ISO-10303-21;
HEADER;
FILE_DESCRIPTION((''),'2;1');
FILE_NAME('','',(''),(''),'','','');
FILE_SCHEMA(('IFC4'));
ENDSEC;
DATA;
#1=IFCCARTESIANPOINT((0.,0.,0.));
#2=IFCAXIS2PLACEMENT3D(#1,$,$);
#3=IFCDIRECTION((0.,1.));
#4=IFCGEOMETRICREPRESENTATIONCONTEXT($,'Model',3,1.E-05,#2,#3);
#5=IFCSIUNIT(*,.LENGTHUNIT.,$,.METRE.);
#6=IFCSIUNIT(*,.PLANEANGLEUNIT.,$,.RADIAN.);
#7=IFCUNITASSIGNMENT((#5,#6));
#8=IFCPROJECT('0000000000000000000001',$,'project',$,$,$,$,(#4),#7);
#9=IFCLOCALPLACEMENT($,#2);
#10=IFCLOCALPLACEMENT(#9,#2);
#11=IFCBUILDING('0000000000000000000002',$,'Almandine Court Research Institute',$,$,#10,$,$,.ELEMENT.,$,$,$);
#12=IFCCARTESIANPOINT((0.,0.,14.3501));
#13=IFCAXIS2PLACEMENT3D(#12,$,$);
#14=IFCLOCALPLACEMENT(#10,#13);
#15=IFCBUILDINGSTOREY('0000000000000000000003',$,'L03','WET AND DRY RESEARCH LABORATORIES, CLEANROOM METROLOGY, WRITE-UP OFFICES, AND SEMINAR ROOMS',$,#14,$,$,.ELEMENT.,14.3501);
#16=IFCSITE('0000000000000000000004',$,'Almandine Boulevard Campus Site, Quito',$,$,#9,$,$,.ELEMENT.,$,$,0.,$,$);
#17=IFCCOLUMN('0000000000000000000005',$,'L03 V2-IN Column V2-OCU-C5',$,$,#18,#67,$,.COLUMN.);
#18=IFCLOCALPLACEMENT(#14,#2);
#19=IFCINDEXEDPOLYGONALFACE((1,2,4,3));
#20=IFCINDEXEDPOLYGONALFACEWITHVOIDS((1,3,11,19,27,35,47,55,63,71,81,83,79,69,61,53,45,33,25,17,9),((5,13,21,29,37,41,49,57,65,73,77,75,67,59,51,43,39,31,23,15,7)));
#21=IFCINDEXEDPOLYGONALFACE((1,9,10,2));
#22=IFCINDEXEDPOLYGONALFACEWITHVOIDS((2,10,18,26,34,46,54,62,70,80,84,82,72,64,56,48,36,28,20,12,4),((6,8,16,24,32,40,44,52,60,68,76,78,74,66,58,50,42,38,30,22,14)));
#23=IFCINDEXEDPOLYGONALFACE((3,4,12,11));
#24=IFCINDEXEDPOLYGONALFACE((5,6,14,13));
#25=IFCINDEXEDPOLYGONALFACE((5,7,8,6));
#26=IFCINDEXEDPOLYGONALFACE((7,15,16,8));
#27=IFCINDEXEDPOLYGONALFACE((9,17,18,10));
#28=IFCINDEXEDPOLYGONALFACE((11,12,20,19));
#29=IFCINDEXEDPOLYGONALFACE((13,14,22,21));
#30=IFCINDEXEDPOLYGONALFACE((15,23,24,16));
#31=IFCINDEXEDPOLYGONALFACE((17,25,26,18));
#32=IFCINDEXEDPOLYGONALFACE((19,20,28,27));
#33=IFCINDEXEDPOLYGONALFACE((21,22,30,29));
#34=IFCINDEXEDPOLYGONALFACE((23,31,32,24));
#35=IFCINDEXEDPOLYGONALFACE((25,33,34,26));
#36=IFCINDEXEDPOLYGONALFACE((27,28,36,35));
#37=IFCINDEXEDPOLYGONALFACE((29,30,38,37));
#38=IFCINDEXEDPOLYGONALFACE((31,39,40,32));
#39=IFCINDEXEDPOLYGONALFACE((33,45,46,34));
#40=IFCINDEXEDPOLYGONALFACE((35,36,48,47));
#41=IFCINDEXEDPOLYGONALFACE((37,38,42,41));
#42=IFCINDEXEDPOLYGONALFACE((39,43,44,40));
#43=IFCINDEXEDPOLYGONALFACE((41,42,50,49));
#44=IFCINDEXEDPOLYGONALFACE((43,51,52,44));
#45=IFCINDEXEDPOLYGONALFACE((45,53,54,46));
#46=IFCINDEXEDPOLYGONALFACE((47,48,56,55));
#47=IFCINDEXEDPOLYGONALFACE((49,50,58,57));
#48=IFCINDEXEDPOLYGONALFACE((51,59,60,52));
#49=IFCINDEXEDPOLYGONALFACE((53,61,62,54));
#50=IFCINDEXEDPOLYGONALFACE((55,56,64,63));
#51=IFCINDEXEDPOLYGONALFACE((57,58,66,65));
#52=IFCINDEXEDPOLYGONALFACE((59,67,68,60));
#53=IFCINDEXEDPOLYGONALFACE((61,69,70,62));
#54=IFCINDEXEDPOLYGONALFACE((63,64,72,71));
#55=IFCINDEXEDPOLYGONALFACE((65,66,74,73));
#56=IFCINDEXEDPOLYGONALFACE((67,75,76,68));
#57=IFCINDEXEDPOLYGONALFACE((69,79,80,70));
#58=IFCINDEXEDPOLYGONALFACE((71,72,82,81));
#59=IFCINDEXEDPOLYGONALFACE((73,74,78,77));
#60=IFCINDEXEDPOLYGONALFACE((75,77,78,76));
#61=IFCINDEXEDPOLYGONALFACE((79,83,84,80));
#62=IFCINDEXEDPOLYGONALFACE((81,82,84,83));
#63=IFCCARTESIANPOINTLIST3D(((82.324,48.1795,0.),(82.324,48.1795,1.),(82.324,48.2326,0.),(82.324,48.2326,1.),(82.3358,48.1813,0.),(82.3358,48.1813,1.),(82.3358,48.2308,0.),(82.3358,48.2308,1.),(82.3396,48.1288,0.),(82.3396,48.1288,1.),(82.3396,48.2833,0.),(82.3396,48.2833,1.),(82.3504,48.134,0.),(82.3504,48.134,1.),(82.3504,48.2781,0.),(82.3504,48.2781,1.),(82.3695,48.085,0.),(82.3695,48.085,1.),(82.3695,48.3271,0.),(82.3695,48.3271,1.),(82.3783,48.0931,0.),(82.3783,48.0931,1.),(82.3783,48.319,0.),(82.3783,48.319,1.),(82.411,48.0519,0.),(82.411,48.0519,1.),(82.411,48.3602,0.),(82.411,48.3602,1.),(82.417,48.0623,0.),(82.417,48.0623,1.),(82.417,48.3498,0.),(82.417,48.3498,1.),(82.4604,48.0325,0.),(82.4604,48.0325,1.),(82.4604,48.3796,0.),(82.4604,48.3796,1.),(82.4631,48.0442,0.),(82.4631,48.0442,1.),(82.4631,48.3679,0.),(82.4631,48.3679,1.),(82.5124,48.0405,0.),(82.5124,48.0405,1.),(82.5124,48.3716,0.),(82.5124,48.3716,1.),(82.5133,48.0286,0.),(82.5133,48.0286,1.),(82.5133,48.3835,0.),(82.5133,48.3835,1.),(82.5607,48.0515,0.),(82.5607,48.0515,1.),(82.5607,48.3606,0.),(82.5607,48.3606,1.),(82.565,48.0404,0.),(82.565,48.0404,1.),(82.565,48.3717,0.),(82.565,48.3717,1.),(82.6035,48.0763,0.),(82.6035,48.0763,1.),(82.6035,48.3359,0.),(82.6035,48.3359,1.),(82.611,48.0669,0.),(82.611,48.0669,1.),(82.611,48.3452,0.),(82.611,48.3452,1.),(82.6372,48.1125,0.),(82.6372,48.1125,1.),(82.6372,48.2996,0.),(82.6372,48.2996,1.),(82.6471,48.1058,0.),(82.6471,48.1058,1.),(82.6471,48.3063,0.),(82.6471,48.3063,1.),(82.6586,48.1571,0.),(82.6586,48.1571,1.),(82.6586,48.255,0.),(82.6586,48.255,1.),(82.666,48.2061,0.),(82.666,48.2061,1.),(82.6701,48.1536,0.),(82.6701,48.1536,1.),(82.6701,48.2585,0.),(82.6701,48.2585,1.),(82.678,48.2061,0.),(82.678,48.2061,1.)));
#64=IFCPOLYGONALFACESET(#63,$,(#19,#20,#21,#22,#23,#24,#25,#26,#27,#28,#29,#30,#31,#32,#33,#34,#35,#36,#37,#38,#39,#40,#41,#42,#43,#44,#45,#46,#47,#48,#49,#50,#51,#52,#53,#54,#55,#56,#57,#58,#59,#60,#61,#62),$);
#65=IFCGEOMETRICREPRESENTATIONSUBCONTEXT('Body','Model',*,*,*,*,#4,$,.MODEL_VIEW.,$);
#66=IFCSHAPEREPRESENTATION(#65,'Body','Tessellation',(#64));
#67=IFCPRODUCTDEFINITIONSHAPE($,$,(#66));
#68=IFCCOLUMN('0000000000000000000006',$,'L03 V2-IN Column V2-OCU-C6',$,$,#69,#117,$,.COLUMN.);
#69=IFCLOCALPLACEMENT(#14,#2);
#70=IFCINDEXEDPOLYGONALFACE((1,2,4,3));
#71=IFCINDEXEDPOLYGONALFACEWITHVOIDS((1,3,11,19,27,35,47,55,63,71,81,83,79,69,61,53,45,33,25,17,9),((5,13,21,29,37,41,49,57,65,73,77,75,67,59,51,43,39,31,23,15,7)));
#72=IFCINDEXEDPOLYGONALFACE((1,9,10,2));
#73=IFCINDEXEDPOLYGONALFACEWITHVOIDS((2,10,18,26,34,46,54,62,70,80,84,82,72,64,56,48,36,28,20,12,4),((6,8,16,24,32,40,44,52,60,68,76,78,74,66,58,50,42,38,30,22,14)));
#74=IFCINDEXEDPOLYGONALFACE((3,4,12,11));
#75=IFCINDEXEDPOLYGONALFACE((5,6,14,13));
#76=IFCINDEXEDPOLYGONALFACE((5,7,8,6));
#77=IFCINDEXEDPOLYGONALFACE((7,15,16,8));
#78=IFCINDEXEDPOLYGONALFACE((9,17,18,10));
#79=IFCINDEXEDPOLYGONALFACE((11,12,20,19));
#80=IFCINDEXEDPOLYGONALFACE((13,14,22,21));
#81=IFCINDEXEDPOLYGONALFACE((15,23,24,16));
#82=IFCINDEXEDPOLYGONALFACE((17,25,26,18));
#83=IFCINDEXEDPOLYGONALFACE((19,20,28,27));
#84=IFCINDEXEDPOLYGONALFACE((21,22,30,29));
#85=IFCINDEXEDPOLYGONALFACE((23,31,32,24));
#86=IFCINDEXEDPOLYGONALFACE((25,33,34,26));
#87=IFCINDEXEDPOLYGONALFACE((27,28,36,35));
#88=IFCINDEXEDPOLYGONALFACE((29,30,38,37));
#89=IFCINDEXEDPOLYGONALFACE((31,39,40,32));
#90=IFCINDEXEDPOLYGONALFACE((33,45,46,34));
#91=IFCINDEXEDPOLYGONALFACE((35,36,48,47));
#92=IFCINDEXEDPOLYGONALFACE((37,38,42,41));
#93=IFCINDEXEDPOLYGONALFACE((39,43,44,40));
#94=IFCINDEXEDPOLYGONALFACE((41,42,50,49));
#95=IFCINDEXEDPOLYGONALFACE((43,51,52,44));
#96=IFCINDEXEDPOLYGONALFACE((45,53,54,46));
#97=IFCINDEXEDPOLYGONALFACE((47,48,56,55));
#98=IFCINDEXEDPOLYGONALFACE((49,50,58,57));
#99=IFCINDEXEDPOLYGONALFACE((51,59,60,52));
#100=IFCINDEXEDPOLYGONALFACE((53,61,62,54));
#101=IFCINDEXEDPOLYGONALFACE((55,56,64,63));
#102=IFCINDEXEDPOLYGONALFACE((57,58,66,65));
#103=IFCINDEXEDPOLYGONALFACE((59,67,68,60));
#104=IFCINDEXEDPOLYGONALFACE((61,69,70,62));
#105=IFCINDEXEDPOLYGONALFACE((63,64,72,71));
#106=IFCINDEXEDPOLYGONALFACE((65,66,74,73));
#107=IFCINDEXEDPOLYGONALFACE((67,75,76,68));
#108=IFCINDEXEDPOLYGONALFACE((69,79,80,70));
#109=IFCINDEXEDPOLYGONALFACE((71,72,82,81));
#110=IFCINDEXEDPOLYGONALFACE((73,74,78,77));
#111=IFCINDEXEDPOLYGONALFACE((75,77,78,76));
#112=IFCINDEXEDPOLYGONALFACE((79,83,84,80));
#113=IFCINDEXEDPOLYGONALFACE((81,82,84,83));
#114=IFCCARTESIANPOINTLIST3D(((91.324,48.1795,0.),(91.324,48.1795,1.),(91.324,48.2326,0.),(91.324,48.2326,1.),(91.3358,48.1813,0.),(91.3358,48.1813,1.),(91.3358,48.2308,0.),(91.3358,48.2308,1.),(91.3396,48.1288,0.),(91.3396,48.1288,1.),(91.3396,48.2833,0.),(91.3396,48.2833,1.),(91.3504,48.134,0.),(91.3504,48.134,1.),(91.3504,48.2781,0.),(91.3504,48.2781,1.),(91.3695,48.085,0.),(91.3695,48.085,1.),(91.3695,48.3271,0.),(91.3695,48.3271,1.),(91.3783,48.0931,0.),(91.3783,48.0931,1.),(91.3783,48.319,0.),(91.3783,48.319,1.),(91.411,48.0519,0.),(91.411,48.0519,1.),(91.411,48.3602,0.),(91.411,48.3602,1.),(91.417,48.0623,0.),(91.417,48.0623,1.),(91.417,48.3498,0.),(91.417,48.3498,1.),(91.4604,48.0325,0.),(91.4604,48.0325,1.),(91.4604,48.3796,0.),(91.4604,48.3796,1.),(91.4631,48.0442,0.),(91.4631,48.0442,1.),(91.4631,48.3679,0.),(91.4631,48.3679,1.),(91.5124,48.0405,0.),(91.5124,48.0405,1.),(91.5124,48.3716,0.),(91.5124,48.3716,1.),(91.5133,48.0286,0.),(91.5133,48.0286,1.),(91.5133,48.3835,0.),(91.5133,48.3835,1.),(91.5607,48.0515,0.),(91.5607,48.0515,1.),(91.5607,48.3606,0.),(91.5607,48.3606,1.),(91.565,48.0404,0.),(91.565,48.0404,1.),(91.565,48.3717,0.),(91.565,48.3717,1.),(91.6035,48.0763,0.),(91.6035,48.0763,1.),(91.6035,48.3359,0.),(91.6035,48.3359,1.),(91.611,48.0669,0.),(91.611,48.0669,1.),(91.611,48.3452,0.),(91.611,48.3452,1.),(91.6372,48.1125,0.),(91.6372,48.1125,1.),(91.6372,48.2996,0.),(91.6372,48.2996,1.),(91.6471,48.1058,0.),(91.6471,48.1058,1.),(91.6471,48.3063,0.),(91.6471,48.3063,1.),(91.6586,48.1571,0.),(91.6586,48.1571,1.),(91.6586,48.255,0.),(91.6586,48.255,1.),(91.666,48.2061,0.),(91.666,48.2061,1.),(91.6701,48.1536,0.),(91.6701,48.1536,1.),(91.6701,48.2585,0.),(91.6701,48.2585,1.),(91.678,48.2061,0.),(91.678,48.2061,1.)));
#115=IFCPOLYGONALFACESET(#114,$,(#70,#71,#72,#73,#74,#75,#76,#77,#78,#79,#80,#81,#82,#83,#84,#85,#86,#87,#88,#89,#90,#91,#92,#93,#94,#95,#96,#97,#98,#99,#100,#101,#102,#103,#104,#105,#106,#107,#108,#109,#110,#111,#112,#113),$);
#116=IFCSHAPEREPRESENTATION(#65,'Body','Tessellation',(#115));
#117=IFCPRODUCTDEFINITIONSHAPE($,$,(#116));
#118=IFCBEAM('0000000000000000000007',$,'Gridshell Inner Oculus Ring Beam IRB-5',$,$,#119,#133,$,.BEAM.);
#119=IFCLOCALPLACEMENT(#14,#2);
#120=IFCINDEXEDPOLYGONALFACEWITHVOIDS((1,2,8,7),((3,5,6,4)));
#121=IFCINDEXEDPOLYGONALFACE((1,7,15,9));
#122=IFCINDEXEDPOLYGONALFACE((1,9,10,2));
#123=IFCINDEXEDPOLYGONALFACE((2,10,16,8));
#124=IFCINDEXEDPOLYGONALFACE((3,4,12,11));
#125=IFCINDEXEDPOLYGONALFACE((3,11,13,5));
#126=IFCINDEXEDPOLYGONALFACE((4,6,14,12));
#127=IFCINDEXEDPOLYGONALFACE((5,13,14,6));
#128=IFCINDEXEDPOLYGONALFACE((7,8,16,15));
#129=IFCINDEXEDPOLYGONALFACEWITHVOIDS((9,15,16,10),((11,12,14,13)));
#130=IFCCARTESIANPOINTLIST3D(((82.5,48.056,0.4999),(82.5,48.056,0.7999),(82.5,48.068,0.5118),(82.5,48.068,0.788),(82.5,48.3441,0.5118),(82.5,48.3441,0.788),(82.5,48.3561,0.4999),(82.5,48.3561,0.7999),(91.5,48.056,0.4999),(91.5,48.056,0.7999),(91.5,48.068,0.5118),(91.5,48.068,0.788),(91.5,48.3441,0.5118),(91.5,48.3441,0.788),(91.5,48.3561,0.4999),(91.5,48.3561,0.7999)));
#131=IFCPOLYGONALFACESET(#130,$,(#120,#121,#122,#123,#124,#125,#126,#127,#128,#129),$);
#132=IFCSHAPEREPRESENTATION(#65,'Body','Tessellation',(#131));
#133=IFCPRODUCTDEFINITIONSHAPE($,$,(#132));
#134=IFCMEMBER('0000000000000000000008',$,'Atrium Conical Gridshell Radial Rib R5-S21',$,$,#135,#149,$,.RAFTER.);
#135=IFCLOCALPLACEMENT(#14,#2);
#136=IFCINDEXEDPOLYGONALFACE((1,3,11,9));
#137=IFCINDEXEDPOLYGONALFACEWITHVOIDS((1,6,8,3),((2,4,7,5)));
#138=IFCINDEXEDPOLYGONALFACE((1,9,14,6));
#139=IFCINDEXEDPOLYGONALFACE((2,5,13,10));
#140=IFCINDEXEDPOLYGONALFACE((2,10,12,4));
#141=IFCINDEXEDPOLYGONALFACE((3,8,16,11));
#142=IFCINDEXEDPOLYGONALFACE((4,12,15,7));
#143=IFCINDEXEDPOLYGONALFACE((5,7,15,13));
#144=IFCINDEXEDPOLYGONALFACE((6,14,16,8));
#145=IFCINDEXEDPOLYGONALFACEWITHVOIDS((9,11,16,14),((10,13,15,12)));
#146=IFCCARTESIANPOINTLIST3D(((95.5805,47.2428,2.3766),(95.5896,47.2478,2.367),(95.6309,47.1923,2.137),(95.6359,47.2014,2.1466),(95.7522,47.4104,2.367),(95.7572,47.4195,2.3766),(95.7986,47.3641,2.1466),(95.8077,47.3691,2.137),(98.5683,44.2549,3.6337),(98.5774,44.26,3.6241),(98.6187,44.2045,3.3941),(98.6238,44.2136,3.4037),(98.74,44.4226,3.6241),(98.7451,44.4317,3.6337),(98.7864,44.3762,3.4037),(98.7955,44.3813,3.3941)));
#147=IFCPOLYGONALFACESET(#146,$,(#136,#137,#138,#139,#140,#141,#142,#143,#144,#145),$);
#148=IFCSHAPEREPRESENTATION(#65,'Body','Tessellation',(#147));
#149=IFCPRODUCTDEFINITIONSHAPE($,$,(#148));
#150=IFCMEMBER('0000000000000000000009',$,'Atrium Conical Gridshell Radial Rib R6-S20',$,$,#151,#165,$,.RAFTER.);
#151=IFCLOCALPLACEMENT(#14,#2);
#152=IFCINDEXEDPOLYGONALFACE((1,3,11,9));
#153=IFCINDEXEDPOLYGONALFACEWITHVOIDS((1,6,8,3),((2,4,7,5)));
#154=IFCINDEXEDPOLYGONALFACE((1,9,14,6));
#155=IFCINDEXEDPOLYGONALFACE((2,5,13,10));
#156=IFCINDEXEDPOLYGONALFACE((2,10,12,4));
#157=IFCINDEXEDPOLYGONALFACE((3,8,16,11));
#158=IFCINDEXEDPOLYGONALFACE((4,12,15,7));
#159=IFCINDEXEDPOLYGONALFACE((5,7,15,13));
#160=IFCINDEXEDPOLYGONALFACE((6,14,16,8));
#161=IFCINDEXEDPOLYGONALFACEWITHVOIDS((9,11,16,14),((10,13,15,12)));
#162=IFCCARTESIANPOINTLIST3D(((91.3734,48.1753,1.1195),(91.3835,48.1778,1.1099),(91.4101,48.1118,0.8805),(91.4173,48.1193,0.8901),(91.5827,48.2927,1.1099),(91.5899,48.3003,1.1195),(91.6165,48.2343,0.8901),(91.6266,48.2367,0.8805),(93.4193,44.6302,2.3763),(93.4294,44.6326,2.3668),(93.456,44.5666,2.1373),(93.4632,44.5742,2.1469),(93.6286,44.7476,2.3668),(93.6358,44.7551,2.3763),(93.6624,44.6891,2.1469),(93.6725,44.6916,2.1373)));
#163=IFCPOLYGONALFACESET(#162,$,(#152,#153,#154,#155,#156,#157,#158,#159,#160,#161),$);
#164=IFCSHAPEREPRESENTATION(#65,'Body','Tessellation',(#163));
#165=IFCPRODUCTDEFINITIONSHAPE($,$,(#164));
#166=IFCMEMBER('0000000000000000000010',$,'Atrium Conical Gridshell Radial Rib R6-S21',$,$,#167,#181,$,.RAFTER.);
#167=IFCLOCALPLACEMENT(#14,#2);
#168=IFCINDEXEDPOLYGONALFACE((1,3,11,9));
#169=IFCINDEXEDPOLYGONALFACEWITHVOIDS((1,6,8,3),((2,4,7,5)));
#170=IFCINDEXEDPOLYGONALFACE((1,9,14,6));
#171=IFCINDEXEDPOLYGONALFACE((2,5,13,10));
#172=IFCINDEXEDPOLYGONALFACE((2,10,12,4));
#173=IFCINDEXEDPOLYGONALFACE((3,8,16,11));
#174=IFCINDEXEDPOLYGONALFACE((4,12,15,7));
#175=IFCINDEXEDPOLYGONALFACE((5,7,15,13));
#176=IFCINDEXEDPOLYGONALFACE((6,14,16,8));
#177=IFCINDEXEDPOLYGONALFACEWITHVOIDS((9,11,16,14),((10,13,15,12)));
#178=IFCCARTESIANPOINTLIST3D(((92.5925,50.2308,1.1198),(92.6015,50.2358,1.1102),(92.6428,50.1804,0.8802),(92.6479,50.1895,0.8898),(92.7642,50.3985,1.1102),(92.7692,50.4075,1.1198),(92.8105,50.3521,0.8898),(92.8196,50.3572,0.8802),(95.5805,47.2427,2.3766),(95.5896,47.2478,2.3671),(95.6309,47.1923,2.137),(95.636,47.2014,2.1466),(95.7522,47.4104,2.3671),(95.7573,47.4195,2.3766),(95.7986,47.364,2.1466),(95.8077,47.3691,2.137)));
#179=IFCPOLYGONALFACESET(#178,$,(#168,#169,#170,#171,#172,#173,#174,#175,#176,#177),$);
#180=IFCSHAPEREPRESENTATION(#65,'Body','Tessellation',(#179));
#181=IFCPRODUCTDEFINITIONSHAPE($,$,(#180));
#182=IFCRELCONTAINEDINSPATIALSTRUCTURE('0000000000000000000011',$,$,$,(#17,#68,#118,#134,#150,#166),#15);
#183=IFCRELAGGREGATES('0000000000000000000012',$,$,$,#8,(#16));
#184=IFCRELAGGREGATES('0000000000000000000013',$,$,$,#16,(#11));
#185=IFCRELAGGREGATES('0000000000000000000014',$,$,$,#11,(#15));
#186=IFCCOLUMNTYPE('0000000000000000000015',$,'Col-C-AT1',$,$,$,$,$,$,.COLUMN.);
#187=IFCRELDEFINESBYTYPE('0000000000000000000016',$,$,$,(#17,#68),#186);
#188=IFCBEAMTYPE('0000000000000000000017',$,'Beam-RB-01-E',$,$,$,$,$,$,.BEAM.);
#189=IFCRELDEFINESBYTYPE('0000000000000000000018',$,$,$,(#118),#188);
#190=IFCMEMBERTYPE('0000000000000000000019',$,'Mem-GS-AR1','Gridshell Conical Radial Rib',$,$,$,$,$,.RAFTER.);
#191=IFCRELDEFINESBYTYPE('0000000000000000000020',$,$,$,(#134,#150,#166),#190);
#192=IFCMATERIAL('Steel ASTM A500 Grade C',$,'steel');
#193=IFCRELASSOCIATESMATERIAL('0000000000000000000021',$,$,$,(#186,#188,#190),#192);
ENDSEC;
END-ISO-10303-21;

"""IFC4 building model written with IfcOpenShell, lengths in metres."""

from ifc_helpers import new_model, si_unit, direction, frame, origin, origin_2d, place, context, subcontext, project, spatial, hollow_rectangle, hollow_circle, extrude, material, material_profile, profile_set, type_object, element, save


model = new_model("IFC4")

# Units and contexts
model_context = context("Model", 3, precision=1e-05, world=origin(), true_north=direction((0.0, 1.0)))
body_context = subcontext(model_context, "Body", "Model", "MODEL_VIEW")
ifc_project = project(units=[si_unit("LENGTHUNIT", "METRE"), si_unit("PLANEANGLEUNIT", "RADIAN")], contexts=[model_context])

# Site, building, storey
site_placement = place(None, origin())
site = spatial("IfcSite", under=ifc_project, at=site_placement, Name="Almandine Boulevard Campus Site, Quito", CompositionType="ELEMENT", RefElevation=0.0)
building_placement = place(site_placement, origin())
building = spatial("IfcBuilding", under=site, at=building_placement, Name="Almandine Court Research Institute", CompositionType="ELEMENT")
storey_placement = place(building_placement, frame((0.0, 0.0, 14.3501)))
storey = spatial("IfcBuildingStorey", under=building, at=storey_placement, Name="L03", Description="WET AND DRY RESEARCH LABORATORIES, CLEANROOM METROLOGY, WRITE-UP OFFICES, AND SEMINAR ROOMS", CompositionType="ELEMENT", Elevation=14.3501)

# Columns
ifc_material_1 = material(Name="Steel ASTM A500 Grade C", Category="steel")
ifc_material_profile_1 = material_profile(ifc_material_1, hollow_circle(Radius=0.178, WallThickness=0.012, at=origin_2d()), Name="CHS 356x12")
ifc_profile_set_1 = profile_set([ifc_material_profile_1], Name="Steel ASTM A500 Grade C")
column_type = type_object("IfcColumnType", Name="Col-C-AT1", PredefinedType="COLUMN", material=ifc_profile_set_1)
for number, where, z_axis, x_axis, name in (
    (1, (82.5, 48.2061, 0.0), (0.0, 0.0, 1.0), (1.0, 0.0, 0.0), "L03 V2-IN Column V2-OCU-C5"),
    (2, (91.5, 48.2061, 0.0), (0.0, 0.0, 1.0), (1.0, 0.0, 0.0), "L03 V2-IN Column V2-OCU-C6"),
):
    element("IfcColumn", number, at=place(storey_placement, frame(where, z_axis=z_axis, x_axis=x_axis)), inside=storey, type_object=column_type, Name=name, PredefinedType="COLUMN", context=body_context, shape_type="SweptSolid", body=[
        extrude(hollow_circle(Radius=0.178, WallThickness=0.012, at=origin_2d()), origin(), (0.0, 0.0, 1.0), 1.0),
    ])

# Beam
ifc_material_profile_2 = material_profile(ifc_material_1, hollow_rectangle(XDim=0.3, YDim=0.3, WallThickness=0.012, at=origin_2d()), Name="HSS 300x300x12")
ifc_profile_set_2 = profile_set([ifc_material_profile_2], Name="Steel ASTM A500 Grade C")
beam_type = type_object("IfcBeamType", Name="Beam-RB-01-E", PredefinedType="BEAM", material=ifc_profile_set_2)
beam_placement = place(storey_placement, frame((82.5, 48.2061, 0.6499), z_axis=(1.0, 0.0, 0.0), x_axis=(0.0, 1.0, 0.0)))
element("IfcBeam", 3, at=beam_placement, inside=storey, type_object=beam_type, Name="Gridshell Inner Oculus Ring Beam IRB-5", PredefinedType="BEAM", context=body_context, shape_type="SweptSolid", body=[
    extrude(hollow_rectangle(XDim=0.3, YDim=0.3, WallThickness=0.012, at=origin_2d()), origin(), (0.0, 0.0, 1.0), 9.0),
])

# Members
ifc_material_profile_3 = material_profile(ifc_material_1, hollow_rectangle(XDim=0.25, YDim=0.25, WallThickness=0.01, at=origin_2d()), Name="HSS 250x250x10")
ifc_profile_set_3 = profile_set([ifc_material_profile_3], Name="Steel ASTM A500 Grade C")
member_type_1 = type_object("IfcMemberType", Name="Mem-GS-AR1", Description="Gridshell Conical Radial Rib", PredefinedType="RAFTER", material=ifc_profile_set_3)
member_1_placement = place(storey_placement, frame((98.6819, 44.3181, 3.5139), z_axis=(-0.677749, 0.677749, -0.285155), x_axis=(-0.707107, -0.707107, 0.0)))
element("IfcMember", 4, at=member_1_placement, inside=storey, type_object=member_type_1, Name="Atrium Conical Gridshell Radial Rib R5-S21", PredefinedType="RAFTER", context=body_context, shape_type="SweptSolid", body=[
    extrude(hollow_rectangle(XDim=0.25, YDim=0.25, WallThickness=0.01, at=origin_2d()), origin(), (0.0, 0.0, 1.0), 4.4084),
])
member_2_placement = place(storey_placement, frame((93.5459, 44.6609, 2.2568), z_axis=(-0.477816, 0.827968, -0.293532), x_axis=(-0.866121, -0.499834, 0.0)))
element("IfcMember", 5, at=member_2_placement, inside=storey, type_object=member_type_1, Name="Atrium Conical Gridshell Radial Rib R6-S20", PredefinedType="RAFTER", context=body_context, shape_type="SweptSolid", body=[
    extrude(hollow_rectangle(XDim=0.25, YDim=0.25, WallThickness=0.01, at=origin_2d()), origin(), (0.0, 0.0, 1.0), 4.2817),
])
member_3_placement = place(storey_placement, frame((95.6941, 47.3059, 2.2568), z_axis=(-0.677764, 0.677764, -0.285083), x_axis=(-0.707107, -0.707107, 0.0)))
element("IfcMember", 6, at=member_3_placement, inside=storey, type_object=member_type_1, Name="Atrium Conical Gridshell Radial Rib R6-S21", PredefinedType="RAFTER", context=body_context, shape_type="SweptSolid", body=[
    extrude(hollow_rectangle(XDim=0.25, YDim=0.25, WallThickness=0.01, at=origin_2d()), origin(), (0.0, 0.0, 1.0), 4.4087),
])

save(model, "model.ifc")
